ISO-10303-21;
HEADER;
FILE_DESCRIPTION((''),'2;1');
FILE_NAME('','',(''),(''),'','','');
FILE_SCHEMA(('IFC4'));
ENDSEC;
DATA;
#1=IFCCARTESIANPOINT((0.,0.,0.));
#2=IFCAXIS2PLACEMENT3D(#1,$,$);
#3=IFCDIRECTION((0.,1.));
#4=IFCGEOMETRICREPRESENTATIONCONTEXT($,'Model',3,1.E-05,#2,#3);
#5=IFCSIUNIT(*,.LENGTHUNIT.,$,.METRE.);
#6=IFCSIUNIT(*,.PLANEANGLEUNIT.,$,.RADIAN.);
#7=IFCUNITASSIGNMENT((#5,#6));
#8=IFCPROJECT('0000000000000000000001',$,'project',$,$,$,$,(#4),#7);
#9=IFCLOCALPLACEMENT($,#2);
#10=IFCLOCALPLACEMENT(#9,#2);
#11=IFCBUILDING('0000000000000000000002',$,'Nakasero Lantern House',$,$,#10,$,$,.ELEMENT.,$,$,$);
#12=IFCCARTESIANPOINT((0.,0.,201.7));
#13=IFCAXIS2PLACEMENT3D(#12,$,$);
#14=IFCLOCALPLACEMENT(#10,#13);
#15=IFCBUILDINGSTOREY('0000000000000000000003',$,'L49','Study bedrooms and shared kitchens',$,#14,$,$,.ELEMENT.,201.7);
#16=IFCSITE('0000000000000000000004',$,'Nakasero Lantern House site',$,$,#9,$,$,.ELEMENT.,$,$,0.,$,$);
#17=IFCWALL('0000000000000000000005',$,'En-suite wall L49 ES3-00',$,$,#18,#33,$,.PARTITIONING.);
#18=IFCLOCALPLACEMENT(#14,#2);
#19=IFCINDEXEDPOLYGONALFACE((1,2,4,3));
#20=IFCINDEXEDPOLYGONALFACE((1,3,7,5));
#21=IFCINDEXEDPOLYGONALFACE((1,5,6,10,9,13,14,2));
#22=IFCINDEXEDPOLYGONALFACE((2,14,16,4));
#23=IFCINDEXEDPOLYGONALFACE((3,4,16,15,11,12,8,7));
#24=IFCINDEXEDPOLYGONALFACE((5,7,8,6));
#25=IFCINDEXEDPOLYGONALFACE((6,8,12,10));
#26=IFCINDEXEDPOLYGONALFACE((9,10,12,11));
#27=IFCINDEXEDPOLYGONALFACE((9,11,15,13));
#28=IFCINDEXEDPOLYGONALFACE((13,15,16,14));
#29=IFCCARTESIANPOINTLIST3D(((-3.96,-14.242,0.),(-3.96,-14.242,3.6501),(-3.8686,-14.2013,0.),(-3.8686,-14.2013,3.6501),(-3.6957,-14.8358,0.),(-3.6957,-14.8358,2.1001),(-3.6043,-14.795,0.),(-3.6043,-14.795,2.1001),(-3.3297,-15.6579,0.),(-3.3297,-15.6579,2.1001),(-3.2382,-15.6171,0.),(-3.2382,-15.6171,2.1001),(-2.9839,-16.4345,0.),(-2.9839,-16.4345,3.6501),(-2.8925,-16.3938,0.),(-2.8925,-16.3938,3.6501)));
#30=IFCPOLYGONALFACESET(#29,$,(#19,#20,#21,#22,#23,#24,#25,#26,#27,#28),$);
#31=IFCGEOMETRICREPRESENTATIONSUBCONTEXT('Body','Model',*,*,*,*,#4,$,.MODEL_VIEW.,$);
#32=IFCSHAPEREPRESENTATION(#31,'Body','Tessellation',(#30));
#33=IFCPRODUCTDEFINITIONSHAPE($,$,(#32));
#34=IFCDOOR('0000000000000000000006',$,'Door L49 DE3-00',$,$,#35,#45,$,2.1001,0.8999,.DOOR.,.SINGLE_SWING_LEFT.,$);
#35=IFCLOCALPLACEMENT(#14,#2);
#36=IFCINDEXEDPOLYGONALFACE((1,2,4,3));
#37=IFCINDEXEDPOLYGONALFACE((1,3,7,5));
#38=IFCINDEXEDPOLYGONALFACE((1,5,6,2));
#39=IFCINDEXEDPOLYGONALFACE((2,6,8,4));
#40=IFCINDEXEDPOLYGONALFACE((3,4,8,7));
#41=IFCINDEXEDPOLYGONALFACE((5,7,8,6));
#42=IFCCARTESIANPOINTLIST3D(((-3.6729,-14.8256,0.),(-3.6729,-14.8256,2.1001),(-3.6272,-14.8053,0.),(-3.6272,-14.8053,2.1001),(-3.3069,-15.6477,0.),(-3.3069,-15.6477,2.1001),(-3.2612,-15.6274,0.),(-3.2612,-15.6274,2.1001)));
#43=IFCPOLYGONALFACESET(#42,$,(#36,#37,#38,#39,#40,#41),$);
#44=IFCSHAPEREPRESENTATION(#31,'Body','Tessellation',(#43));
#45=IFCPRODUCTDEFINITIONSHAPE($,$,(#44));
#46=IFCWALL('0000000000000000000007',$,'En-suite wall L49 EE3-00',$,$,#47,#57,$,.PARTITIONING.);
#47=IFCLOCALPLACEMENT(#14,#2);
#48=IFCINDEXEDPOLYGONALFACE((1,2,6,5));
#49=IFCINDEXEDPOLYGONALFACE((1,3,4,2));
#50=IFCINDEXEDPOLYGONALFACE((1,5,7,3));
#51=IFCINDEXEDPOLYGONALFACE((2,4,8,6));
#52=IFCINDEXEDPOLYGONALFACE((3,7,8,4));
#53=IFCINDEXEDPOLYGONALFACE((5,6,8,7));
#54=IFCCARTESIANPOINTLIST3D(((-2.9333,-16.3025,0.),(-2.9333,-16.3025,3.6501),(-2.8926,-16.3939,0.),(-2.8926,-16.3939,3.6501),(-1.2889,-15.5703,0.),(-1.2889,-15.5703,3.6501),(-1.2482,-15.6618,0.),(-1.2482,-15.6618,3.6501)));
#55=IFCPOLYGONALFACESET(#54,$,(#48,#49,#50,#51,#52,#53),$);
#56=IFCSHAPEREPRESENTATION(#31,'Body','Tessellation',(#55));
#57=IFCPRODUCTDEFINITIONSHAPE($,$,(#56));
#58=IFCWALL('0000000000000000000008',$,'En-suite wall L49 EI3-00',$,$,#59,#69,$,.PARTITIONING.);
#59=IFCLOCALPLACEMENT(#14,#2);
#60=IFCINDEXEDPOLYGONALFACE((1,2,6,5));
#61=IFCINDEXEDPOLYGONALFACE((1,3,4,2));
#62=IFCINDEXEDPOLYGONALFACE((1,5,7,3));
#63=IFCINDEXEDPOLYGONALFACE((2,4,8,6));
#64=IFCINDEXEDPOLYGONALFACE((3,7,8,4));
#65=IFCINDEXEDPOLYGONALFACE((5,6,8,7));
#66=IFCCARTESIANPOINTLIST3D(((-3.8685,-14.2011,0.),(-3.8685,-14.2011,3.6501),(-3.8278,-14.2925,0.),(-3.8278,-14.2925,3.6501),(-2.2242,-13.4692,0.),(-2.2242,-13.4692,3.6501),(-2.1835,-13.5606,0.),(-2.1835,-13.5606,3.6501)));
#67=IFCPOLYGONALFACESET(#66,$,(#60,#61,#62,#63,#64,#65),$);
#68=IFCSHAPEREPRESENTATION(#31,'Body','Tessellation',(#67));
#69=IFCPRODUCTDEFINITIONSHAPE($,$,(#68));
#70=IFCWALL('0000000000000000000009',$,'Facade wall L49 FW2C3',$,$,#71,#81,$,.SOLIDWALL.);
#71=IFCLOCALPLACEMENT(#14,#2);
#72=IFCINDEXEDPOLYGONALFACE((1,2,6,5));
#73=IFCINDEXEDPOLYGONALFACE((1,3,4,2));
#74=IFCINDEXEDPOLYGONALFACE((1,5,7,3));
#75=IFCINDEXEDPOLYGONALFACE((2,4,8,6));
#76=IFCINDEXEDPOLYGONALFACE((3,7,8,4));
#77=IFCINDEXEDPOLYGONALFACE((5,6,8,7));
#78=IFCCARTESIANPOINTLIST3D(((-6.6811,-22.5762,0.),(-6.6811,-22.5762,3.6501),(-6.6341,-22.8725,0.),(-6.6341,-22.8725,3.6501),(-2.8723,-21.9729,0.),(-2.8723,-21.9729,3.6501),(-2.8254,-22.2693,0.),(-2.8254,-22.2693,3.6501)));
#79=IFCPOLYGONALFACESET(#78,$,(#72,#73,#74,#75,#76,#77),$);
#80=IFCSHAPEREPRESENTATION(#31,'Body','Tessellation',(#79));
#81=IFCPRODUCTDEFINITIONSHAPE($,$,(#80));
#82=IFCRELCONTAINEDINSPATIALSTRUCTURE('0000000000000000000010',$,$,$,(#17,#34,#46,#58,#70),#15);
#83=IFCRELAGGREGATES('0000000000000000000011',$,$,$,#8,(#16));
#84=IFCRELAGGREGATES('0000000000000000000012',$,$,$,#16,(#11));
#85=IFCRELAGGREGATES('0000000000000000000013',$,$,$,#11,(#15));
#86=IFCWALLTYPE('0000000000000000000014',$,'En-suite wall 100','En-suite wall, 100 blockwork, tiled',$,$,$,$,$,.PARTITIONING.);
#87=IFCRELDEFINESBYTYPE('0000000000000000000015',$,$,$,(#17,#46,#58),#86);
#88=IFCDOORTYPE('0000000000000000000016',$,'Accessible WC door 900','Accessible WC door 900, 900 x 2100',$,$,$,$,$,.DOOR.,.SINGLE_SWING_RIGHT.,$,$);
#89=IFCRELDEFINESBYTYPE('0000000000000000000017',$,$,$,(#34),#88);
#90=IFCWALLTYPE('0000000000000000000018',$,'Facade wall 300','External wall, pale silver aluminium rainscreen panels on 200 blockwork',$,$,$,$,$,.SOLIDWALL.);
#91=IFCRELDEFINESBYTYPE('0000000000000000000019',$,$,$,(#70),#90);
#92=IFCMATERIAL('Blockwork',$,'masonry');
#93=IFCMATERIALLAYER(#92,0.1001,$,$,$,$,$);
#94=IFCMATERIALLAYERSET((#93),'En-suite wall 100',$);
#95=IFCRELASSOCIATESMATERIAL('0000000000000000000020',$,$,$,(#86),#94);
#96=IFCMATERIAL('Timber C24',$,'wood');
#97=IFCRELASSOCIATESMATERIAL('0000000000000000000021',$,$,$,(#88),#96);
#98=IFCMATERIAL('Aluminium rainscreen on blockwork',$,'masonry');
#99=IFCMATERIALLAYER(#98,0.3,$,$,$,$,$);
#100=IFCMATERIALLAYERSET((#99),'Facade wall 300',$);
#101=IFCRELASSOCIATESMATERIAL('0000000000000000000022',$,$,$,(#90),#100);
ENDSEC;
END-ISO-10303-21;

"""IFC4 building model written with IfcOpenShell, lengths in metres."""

from ifc_helpers import new_model, si_unit, direction, frame, frame_2d, origin, place, context, subcontext, project, spatial, rectangle, extrude, material, layer, layer_set, type_object, element, fill, save


model = new_model("IFC4")

# Units and contexts
model_context = context("Model", 3, precision=1e-05, world=origin(), true_north=direction((0.0, 1.0)))
body_context = subcontext(model_context, "Body", "Model", "MODEL_VIEW")
ifc_project = project(units=[si_unit("LENGTHUNIT", "METRE"), si_unit("PLANEANGLEUNIT", "RADIAN")], contexts=[model_context])

# Site, building, storey
site_placement = place(None, origin())
site = spatial("IfcSite", under=ifc_project, at=site_placement, Name="Nakasero Lantern House site", CompositionType="ELEMENT", RefElevation=0.0)
building_placement = place(site_placement, origin())
building = spatial("IfcBuilding", under=site, at=building_placement, Name="Nakasero Lantern House", CompositionType="ELEMENT")
storey_placement = place(building_placement, frame((0.0, 0.0, 201.7)))
storey = spatial("IfcBuildingStorey", under=building, at=storey_placement, Name="L49", Description="Study bedrooms and shared kitchens", CompositionType="ELEMENT", Elevation=201.7)

# Wall, opening, door
ifc_material_1 = material(Name="Blockwork", Category="masonry")
ifc_layer_1 = layer(ifc_material_1, 0.1001)
ifc_layer_set_1 = layer_set([ifc_layer_1], Name="En-suite wall 100")
wall_type_1 = type_object("IfcWallType", Name="En-suite wall 100", Description="En-suite wall, 100 blockwork, tiled", PredefinedType="PARTITIONING", material=ifc_layer_set_1)
wall_1_placement = place(storey_placement, frame((-3.9143, -14.2217, 0.0), z_axis=(0.0, 0.0, 1.0), x_axis=(0.406724, -0.913551, 0.0)))
wall_1 = element("IfcWall", 1, at=wall_1_placement, inside=storey, type_object=wall_type_1, Name="En-suite wall L49 ES3-00", PredefinedType="PARTITIONING", context=body_context, shape_type="SweptSolid", body=[
    extrude(rectangle(XDim=2.3999, YDim=0.1001, at=frame_2d((1.2, 0.0))), origin(), (0.0, 0.0, 1.0), 3.6501),
])
opening_1_placement = place(wall_1_placement, frame((0.6499, 0.0, 0.0)))
opening_1 = element("IfcOpeningElement", 2, at=opening_1_placement, cuts=wall_1, PredefinedType="OPENING", context=body_context, shape_type="SweptSolid", body=[
    extrude(rectangle(XDim=0.8999, YDim=2.1001, at=frame_2d((0.45, 1.05))), frame((0.0, 0.0701, 0.0), z_axis=(0.0, -1.0, 0.0), x_axis=(1.0, 0.0, 0.0)), (0.0, 0.0, 1.0), 0.1401),
])
ifc_material_2 = material(Name="Timber C24", Category="wood")
door_type_1 = type_object("IfcDoorType", Name="Accessible WC door 900", Description="Accessible WC door 900, 900 x 2100", OperationType="SINGLE_SWING_RIGHT", PredefinedType="DOOR", material=ifc_material_2)
door_1_placement = place(opening_1_placement, origin())
door_1 = element("IfcDoor", 3, at=door_1_placement, inside=storey, type_object=door_type_1, Name="Door L49 DE3-00", OperationType="SINGLE_SWING_LEFT", OverallHeight=2.1001, OverallWidth=0.8999, PredefinedType="DOOR", context=body_context, shape_type="SweptSolid", body=[
    extrude(rectangle(XDim=0.8999, YDim=2.1001, at=frame_2d((0.45, 1.05))), frame((0.0, 0.0249, 0.0), z_axis=(0.0, -1.0, 0.0), x_axis=(1.0, 0.0, 0.0)), (0.0, 0.0, 1.0), 0.05),
])
fill(opening_1, door_1)

# Walls
wall_2_placement = place(storey_placement, frame((-2.9128, -16.3481, 0.0), z_axis=(0.0, 0.0, 1.0), x_axis=(0.913549, 0.40673, 0.0)))
element("IfcWall", 4, at=wall_2_placement, inside=storey, type_object=wall_type_1, Name="En-suite wall L49 EE3-00", PredefinedType="PARTITIONING", context=body_context, shape_type="SweptSolid", body=[
    extrude(rectangle(XDim=1.8, YDim=0.1001, at=frame_2d((0.8999, 0.0))), origin(), (0.0, 0.0, 1.0), 3.6501),
])
wall_3_placement = place(storey_placement, frame((-3.8481, -14.2468, 0.0), z_axis=(0.0, 0.0, 1.0), x_axis=(0.913576, 0.406667, 0.0)))
element("IfcWall", 5, at=wall_3_placement, inside=storey, type_object=wall_type_1, Name="En-suite wall L49 EI3-00", PredefinedType="PARTITIONING", context=body_context, shape_type="SweptSolid", body=[
    extrude(rectangle(XDim=1.7998, YDim=0.1001, at=frame_2d((0.8999, 0.0))), origin(), (0.0, 0.0, 1.0), 3.6501),
])
ifc_material_3 = material(Name="Aluminium rainscreen on blockwork", Category="masonry")
ifc_layer_2 = layer(ifc_material_3, 0.3)
ifc_layer_set_2 = layer_set([ifc_layer_2], Name="Facade wall 300")
wall_type_2 = type_object("IfcWallType", Name="Facade wall 300", Description="External wall, pale silver aluminium rainscreen panels on 200 blockwork", PredefinedType="SOLIDWALL", material=ifc_layer_set_2)
wall_4_placement = place(storey_placement, frame((-6.6577, -22.7244, 0.0), z_axis=(0.0, 0.0, 1.0), x_axis=(0.987688, 0.156437, 0.0)))
element("IfcWall", 6, at=wall_4_placement, inside=storey, type_object=wall_type_2, Name="Facade wall L49 FW2C3", PredefinedType="SOLIDWALL", context=body_context, shape_type="SweptSolid", body=[
    extrude(rectangle(XDim=3.8562, YDim=0.3, at=frame_2d((1.9282, 0.0))), origin(), (0.0, 0.0, 1.0), 3.6501),
])

save(model, "model.ifc")
